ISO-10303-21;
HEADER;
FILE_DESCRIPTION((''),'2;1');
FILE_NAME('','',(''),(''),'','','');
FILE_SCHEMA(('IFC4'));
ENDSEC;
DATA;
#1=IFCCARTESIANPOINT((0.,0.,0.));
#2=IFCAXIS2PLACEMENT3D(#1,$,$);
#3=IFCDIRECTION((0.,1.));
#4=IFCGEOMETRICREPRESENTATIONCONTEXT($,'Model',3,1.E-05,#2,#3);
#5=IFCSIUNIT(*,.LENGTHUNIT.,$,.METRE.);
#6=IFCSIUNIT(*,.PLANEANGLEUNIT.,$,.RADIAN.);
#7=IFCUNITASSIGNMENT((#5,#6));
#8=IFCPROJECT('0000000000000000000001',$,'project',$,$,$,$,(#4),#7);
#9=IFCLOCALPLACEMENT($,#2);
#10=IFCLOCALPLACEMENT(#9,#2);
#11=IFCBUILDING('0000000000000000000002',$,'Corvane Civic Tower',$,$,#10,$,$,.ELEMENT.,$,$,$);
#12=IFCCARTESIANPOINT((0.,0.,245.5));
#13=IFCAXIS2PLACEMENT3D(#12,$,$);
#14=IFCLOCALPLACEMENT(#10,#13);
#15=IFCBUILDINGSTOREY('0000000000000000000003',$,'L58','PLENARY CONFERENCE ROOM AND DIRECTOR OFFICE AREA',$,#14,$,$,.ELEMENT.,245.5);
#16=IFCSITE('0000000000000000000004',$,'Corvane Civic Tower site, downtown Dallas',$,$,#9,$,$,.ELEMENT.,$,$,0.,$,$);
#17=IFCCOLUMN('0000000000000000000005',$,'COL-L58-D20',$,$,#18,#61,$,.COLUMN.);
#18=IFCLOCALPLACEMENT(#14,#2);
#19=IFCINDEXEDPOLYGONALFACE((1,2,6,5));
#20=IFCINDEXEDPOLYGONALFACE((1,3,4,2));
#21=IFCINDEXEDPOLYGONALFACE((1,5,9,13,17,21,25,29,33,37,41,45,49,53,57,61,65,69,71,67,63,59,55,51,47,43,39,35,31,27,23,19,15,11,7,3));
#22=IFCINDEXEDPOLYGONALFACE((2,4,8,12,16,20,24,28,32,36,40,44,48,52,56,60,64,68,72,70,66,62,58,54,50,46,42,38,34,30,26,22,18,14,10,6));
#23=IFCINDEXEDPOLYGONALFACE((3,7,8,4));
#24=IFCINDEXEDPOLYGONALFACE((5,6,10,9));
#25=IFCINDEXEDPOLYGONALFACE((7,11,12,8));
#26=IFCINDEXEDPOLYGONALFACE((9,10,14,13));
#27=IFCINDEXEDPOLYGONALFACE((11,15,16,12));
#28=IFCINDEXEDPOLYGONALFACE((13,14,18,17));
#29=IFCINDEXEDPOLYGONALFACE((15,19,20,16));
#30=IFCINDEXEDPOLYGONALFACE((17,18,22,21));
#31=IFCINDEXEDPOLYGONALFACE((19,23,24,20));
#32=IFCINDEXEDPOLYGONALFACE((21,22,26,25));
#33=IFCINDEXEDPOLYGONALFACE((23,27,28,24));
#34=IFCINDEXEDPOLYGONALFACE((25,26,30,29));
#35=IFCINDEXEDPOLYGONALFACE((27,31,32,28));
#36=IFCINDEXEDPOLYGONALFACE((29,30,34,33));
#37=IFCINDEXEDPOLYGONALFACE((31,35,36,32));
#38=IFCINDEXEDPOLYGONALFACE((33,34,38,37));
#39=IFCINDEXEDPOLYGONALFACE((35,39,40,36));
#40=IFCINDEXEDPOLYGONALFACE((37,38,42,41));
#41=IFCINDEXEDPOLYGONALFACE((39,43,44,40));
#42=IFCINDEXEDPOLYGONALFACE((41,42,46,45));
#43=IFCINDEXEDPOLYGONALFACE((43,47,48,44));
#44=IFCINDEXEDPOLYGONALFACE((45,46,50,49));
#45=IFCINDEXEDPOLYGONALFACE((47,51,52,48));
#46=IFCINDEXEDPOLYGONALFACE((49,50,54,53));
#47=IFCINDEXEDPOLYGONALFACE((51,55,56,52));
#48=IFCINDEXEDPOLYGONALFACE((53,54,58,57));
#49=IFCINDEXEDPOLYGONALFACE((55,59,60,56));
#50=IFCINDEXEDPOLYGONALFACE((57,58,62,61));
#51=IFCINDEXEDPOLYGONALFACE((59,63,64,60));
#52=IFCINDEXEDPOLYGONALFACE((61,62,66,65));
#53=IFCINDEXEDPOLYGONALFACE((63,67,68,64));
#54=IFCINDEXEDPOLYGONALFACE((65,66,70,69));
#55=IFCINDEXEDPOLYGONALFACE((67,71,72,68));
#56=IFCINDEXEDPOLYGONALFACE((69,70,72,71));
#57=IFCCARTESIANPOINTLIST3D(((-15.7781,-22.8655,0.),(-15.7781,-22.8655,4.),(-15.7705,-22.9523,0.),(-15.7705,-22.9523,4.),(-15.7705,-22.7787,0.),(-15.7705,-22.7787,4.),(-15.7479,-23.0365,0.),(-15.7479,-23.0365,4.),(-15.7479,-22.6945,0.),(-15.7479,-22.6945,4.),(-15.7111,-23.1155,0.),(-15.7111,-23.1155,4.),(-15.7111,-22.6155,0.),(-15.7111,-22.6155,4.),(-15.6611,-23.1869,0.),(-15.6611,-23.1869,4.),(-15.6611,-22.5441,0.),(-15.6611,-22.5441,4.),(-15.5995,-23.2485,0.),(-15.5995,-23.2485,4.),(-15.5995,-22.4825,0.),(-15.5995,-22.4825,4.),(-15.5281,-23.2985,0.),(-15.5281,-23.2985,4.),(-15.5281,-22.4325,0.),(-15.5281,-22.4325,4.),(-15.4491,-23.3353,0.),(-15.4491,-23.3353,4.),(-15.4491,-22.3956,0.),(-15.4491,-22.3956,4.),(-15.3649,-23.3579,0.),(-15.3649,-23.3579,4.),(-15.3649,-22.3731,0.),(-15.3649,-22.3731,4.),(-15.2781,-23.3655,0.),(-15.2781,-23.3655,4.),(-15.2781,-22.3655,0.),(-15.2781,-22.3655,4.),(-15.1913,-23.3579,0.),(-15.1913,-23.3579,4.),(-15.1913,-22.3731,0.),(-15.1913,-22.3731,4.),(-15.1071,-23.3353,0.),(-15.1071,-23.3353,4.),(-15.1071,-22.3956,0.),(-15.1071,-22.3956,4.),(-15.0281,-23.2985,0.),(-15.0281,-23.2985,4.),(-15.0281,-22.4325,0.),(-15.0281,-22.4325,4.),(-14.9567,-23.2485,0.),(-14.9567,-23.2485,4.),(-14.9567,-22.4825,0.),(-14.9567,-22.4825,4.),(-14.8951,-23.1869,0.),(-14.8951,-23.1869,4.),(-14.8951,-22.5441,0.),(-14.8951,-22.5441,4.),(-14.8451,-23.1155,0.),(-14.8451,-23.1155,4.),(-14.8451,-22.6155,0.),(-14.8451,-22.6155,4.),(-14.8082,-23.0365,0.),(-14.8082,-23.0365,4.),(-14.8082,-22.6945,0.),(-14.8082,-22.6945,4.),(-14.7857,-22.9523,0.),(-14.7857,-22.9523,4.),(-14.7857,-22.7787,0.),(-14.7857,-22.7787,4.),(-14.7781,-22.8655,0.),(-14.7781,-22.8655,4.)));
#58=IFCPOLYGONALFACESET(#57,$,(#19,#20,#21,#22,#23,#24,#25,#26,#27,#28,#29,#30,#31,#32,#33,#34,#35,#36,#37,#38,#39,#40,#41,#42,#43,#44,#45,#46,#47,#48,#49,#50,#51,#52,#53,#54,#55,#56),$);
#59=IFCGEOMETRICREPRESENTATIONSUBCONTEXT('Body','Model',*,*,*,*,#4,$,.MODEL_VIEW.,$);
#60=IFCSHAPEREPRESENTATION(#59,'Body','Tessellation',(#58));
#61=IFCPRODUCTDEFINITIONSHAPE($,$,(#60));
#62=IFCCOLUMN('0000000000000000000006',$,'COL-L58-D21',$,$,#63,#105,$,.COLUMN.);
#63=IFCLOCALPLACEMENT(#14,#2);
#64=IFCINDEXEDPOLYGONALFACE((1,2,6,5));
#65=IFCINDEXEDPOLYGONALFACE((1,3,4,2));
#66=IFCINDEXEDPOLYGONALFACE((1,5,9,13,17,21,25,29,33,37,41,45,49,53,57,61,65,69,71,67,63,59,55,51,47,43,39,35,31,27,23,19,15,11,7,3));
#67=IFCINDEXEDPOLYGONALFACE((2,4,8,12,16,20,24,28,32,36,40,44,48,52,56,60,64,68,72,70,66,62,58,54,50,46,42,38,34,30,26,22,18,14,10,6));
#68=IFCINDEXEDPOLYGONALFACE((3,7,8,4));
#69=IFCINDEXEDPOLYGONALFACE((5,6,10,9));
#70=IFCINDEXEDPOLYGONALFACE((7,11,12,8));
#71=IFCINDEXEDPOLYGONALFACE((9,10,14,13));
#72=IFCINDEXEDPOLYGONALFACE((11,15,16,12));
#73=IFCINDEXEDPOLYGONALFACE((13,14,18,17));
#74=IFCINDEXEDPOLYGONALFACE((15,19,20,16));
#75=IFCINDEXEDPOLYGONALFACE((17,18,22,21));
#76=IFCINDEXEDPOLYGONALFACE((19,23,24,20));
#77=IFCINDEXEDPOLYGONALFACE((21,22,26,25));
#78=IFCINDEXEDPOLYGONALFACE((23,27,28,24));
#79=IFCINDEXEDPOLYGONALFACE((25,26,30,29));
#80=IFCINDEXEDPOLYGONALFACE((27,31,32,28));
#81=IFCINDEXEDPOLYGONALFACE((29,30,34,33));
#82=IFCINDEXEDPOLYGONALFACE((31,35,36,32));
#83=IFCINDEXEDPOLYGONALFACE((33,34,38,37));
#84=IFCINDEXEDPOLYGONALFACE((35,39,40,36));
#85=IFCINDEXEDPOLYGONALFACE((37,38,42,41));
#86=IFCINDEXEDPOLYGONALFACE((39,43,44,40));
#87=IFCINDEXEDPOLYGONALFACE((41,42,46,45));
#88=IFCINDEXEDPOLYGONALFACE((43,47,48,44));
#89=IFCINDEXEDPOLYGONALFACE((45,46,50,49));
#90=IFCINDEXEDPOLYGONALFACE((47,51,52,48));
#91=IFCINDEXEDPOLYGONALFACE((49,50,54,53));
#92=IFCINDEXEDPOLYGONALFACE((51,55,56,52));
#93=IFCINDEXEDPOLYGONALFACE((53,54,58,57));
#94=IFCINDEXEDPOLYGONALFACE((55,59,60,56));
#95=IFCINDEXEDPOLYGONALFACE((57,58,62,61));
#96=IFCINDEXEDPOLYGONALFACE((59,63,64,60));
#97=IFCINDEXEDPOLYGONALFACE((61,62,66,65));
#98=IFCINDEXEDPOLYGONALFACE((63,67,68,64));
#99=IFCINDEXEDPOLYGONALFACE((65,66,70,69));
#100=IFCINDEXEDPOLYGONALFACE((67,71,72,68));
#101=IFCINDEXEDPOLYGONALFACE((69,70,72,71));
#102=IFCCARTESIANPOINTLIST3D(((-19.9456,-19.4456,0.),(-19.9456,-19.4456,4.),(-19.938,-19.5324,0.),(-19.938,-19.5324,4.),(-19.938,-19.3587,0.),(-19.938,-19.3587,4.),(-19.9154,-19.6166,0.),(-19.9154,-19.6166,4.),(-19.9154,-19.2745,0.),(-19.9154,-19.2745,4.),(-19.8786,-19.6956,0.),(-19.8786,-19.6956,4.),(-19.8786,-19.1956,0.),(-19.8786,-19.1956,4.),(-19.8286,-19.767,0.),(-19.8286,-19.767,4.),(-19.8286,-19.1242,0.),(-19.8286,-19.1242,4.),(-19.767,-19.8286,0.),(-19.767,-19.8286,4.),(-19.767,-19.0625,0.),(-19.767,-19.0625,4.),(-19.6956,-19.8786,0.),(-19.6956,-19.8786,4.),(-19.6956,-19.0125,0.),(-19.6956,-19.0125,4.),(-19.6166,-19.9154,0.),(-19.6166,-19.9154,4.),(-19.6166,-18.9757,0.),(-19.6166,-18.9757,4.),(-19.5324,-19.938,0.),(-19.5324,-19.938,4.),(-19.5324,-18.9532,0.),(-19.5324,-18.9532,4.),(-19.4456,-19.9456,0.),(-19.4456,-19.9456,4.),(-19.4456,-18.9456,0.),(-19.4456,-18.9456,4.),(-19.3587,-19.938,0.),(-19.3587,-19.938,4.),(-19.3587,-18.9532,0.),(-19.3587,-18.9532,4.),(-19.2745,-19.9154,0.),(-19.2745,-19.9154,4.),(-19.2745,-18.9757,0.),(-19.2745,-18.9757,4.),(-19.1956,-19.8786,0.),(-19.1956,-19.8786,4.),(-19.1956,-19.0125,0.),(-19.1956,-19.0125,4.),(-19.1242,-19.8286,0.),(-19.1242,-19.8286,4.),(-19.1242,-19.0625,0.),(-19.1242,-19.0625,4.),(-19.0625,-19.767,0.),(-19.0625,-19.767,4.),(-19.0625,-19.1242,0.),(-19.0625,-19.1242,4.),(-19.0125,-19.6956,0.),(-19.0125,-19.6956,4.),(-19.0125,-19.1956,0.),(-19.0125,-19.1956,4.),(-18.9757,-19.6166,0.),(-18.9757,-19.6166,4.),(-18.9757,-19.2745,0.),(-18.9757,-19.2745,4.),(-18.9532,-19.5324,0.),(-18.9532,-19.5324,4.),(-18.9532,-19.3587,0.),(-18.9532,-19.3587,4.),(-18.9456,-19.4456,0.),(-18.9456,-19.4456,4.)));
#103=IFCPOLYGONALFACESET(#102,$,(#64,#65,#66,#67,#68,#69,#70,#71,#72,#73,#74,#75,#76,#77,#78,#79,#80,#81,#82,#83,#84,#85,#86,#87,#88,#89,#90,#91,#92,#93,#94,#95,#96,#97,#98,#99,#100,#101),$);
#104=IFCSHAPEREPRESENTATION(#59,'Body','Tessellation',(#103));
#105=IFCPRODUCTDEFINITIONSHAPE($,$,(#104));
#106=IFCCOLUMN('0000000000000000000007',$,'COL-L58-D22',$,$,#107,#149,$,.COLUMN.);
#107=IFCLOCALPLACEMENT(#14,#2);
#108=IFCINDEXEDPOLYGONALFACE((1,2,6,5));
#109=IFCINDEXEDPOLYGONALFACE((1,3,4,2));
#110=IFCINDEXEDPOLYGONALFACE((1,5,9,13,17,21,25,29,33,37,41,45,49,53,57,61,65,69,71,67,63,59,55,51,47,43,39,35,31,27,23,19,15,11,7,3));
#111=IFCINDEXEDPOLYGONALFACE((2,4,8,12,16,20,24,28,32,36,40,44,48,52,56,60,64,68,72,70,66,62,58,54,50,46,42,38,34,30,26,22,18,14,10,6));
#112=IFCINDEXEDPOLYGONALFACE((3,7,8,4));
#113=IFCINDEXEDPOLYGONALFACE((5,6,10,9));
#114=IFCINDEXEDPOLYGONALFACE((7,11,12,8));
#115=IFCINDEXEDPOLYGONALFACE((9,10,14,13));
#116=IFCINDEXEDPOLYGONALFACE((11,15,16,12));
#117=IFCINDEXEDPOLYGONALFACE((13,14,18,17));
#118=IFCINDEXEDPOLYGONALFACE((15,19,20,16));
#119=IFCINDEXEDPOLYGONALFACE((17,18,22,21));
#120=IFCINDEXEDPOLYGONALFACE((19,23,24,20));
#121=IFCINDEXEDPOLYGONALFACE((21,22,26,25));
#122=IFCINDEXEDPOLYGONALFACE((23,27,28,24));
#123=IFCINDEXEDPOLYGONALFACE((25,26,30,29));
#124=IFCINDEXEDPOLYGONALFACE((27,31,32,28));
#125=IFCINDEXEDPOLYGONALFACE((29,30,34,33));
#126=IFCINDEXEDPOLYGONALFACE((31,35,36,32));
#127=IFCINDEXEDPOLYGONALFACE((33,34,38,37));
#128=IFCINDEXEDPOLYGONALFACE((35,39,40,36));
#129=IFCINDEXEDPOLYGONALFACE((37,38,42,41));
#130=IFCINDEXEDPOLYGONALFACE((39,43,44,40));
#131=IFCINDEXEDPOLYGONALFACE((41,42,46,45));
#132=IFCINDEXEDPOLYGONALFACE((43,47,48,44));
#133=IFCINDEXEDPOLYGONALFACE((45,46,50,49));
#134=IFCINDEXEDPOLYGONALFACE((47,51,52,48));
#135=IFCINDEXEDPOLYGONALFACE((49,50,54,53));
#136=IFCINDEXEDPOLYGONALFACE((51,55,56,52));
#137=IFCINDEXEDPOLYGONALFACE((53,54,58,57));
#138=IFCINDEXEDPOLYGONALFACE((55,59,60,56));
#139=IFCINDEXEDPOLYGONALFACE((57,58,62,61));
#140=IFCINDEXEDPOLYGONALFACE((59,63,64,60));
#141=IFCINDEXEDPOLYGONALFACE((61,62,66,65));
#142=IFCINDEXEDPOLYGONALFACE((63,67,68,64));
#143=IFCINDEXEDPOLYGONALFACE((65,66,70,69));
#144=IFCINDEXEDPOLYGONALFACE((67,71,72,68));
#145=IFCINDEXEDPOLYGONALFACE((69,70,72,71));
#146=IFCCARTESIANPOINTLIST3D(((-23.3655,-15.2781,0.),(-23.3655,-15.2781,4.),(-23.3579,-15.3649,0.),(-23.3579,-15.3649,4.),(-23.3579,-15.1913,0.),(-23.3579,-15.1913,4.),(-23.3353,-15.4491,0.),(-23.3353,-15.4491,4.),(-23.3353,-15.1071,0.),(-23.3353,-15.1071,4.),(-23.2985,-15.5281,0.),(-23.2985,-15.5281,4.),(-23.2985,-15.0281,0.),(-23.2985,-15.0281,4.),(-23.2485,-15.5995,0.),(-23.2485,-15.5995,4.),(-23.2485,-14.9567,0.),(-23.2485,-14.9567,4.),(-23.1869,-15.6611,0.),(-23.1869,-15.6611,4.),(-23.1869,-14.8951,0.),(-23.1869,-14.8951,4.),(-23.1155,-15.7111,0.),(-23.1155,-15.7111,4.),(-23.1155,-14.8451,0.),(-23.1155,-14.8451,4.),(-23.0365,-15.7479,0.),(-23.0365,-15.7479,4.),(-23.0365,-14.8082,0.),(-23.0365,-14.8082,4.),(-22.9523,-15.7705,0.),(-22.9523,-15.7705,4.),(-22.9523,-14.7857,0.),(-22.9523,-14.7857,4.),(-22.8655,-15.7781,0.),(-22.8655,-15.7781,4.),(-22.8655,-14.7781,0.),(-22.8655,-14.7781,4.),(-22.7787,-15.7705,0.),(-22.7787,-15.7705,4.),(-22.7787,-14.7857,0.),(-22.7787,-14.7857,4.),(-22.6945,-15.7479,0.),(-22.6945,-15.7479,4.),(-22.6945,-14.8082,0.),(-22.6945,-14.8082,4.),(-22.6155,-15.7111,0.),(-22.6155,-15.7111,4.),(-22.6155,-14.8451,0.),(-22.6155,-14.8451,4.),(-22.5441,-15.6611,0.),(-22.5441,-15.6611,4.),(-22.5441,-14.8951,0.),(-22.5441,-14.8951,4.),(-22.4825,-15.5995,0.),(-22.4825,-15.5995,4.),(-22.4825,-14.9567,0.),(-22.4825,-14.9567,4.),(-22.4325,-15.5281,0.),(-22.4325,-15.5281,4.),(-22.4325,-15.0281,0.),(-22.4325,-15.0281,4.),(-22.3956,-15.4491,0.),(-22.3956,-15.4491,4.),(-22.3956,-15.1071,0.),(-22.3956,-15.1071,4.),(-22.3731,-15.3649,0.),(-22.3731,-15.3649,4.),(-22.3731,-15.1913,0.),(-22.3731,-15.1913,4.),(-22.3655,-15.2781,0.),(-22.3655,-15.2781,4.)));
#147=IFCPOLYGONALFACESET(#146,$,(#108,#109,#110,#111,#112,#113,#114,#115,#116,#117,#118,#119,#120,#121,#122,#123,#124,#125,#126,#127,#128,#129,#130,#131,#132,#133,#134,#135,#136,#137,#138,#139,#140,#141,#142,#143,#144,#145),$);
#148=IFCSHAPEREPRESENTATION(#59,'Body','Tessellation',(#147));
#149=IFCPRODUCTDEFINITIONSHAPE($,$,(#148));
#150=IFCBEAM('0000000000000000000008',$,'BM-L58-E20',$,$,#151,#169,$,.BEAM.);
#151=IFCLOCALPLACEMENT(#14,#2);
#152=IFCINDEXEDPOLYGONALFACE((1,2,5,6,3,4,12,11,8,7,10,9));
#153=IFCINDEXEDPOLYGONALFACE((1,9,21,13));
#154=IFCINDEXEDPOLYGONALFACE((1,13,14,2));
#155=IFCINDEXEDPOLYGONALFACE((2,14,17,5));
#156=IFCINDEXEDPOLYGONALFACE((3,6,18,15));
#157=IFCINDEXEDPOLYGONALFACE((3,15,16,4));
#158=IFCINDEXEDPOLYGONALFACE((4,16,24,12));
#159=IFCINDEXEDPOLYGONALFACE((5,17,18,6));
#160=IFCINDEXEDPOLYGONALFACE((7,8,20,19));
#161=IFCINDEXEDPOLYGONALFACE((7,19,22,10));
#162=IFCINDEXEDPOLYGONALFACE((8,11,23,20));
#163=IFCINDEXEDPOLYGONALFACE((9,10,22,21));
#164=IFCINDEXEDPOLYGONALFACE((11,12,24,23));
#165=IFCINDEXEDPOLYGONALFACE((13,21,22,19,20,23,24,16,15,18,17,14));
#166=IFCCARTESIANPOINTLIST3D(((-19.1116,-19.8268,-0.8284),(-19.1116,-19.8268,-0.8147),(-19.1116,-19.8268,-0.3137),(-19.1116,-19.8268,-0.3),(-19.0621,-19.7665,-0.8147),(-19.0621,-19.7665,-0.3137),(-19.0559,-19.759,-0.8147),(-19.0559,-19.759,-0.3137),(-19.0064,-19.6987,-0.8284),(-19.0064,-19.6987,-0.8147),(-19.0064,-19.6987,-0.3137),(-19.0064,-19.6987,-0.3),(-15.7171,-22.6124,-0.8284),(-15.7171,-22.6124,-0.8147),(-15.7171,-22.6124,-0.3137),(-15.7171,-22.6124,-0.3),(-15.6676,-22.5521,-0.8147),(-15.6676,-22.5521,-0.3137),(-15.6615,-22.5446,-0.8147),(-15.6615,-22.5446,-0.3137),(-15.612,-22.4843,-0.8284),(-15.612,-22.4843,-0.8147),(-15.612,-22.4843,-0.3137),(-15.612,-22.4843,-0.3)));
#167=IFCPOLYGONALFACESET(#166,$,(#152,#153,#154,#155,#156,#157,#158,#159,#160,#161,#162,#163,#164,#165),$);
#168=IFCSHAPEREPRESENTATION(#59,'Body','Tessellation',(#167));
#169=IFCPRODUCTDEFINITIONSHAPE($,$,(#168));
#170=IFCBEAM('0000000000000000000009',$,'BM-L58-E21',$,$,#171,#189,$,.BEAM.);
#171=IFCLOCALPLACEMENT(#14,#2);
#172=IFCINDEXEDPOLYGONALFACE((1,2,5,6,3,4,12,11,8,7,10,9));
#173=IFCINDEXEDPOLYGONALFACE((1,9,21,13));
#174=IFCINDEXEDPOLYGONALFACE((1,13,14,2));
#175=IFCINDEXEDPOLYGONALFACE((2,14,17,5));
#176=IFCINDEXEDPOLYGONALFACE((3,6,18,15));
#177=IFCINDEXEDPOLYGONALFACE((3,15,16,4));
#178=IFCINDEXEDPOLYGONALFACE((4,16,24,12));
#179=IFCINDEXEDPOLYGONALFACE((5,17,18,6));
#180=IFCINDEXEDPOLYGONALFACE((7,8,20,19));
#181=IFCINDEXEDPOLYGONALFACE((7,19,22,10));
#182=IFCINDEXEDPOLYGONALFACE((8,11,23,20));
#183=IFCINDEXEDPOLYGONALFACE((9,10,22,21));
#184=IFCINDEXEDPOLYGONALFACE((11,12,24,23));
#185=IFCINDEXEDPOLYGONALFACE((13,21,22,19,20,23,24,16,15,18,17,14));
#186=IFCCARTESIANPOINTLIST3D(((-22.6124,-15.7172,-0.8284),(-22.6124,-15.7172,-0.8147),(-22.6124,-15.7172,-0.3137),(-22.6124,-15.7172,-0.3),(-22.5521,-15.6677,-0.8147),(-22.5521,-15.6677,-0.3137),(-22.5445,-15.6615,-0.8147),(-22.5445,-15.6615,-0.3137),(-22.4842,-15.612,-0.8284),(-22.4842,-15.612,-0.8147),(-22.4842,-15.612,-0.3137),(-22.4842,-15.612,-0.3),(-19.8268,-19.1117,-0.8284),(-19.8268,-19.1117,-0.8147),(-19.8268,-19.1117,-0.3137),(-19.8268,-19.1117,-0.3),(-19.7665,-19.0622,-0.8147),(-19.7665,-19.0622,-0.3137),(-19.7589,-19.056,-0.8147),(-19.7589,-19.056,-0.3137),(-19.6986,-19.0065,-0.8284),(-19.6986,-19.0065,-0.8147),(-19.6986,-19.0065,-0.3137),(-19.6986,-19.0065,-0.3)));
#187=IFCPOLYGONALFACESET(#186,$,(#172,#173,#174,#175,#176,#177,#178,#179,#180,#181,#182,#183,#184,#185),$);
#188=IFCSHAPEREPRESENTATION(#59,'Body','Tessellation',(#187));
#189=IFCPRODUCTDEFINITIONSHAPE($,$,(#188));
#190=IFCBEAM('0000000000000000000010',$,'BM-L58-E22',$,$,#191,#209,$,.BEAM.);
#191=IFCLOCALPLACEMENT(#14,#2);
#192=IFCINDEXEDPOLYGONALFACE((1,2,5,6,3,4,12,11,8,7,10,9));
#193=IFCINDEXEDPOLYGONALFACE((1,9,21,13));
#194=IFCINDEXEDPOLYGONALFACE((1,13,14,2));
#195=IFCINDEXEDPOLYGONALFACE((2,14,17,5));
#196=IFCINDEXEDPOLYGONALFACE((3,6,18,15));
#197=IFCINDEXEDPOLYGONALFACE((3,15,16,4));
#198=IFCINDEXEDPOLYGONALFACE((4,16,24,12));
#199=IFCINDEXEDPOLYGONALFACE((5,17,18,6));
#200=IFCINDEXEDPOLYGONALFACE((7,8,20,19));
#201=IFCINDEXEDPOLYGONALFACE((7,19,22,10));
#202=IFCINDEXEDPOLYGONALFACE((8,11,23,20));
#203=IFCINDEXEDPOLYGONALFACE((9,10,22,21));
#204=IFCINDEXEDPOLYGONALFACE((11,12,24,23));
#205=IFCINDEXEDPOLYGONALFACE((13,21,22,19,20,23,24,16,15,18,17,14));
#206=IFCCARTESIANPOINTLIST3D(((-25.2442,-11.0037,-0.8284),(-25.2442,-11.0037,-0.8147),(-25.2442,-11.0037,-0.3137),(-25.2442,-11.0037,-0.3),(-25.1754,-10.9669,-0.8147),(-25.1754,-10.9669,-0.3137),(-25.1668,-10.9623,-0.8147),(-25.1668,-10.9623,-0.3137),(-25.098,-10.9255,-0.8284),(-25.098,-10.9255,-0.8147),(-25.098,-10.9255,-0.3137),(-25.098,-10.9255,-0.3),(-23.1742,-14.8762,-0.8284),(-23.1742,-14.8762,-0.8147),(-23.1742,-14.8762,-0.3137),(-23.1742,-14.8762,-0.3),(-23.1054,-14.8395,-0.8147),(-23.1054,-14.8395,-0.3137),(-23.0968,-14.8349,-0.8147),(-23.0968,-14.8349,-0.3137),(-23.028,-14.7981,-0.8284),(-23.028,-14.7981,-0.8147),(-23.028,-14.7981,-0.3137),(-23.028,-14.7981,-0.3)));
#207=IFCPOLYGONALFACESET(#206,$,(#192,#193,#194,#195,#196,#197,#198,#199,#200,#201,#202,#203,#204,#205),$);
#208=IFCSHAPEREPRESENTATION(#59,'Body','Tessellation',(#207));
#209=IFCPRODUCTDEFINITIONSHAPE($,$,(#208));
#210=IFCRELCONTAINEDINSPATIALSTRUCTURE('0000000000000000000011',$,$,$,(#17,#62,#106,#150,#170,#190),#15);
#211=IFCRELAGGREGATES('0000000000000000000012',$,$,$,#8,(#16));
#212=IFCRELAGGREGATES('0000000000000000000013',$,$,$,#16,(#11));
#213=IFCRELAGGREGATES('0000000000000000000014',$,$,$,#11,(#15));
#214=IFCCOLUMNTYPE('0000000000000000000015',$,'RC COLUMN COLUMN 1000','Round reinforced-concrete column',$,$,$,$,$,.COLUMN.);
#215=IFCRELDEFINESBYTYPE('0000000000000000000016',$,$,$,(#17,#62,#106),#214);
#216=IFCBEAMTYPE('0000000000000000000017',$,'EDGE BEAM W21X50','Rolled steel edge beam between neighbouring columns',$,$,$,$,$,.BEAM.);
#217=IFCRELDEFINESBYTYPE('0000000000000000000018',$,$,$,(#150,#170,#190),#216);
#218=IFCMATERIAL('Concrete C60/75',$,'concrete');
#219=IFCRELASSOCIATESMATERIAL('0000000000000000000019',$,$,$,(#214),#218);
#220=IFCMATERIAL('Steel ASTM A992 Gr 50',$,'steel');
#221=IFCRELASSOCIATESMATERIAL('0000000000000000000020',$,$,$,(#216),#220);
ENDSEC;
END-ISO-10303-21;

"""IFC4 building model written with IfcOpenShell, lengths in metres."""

from ifc_helpers import new_model, si_unit, direction, frame, origin, origin_2d, place, context, subcontext, project, spatial, circle, i_section, extrude, material, material_profile, profile_set, type_object, element, save


model = new_model("IFC4")

# Units and contexts
model_context = context("Model", 3, precision=1e-05, world=origin(), true_north=direction((0.0, 1.0)))
body_context = subcontext(model_context, "Body", "Model", "MODEL_VIEW")
ifc_project = project(units=[si_unit("LENGTHUNIT", "METRE"), si_unit("PLANEANGLEUNIT", "RADIAN")], contexts=[model_context])

# Site, building, storey
site_placement = place(None, origin())
site = spatial("IfcSite", under=ifc_project, at=site_placement, Name="Corvane Civic Tower site, downtown Dallas", CompositionType="ELEMENT", RefElevation=0.0)
building_placement = place(site_placement, origin())
building = spatial("IfcBuilding", under=site, at=building_placement, Name="Corvane Civic Tower", CompositionType="ELEMENT")
storey_placement = place(building_placement, frame((0.0, 0.0, 245.5)))
storey = spatial("IfcBuildingStorey", under=building, at=storey_placement, Name="L58", Description="PLENARY CONFERENCE ROOM AND DIRECTOR OFFICE AREA", CompositionType="ELEMENT", Elevation=245.5)

# Columns
ifc_material_1 = material(Name="Concrete C60/75", Category="concrete")
ifc_material_profile_1 = material_profile(ifc_material_1, circle(Radius=0.5, at=origin_2d()), Name="COLUMN 1000")
ifc_profile_set_1 = profile_set([ifc_material_profile_1], Name="Concrete C60/75")
column_type = type_object("IfcColumnType", Name="RC COLUMN COLUMN 1000", Description="Round reinforced-concrete column", PredefinedType="COLUMN", material=ifc_profile_set_1)
for number, where, z_axis, x_axis, name in (
    (1, (-15.2781, -22.8655, 0.0), (0.0, 0.0, 1.0), (1.0, 0.0, 0.0), "COL-L58-D20"),
    (2, (-19.4456, -19.4456, 0.0), (0.0, 0.0, 1.0), (1.0, 0.0, 0.0), "COL-L58-D21"),
    (3, (-22.8655, -15.2781, 0.0), (0.0, 0.0, 1.0), (1.0, 0.0, 0.0), "COL-L58-D22"),
):
    element("IfcColumn", number, at=place(storey_placement, frame(where, z_axis=z_axis, x_axis=x_axis)), inside=storey, type_object=column_type, Name=name, PredefinedType="COLUMN", context=body_context, shape_type="SweptSolid", body=[
        extrude(circle(Radius=0.5, at=origin_2d()), origin(), (0.0, 0.0, 1.0), 4.0),
    ])

# Beams
ifc_material_2 = material(Name="Steel ASTM A992 Gr 50", Category="steel")
ifc_material_profile_2 = material_profile(ifc_material_2, i_section(OverallWidth=0.1658, OverallDepth=0.5283, WebThickness=0.0098, FlangeThickness=0.0137, at=origin_2d()), Name="W21X50")
ifc_profile_set_2 = profile_set([ifc_material_profile_2], Name="Steel ASTM A992 Gr 50")
beam_type_1 = type_object("IfcBeamType", Name="EDGE BEAM W21X50", Description="Rolled steel edge beam between neighbouring columns", PredefinedType="BEAM", material=ifc_profile_set_2)
for number, where, z_axis, x_axis, name in (
    (4, (-15.6646, -22.5483, -0.5642), (-0.77303, 0.634369, 0.0), (-0.634369, -0.77303, 0.0), "BM-L58-E20"),
    (5, (-19.7627, -19.0591, -0.5642), (-0.634369, 0.77303, 0.0), (-0.77303, -0.634369, 0.0), "BM-L58-E21"),
    (6, (-23.1011, -14.8372, -0.5642), (-0.471422, 0.881908, 0.0), (-0.881908, -0.471422, 0.0), "BM-L58-E22"),
):
    element("IfcBeam", number, at=place(storey_placement, frame(where, z_axis=z_axis, x_axis=x_axis)), inside=storey, type_object=beam_type_1, Name=name, PredefinedType="BEAM", context=body_context, shape_type="SweptSolid", body=[
        extrude(i_section(OverallWidth=0.1658, OverallDepth=0.5283, WebThickness=0.0098, FlangeThickness=0.0137, at=origin_2d()), origin(), (0.0, 0.0, 1.0), 4.3911),
    ])

save(model, "model.ifc")
